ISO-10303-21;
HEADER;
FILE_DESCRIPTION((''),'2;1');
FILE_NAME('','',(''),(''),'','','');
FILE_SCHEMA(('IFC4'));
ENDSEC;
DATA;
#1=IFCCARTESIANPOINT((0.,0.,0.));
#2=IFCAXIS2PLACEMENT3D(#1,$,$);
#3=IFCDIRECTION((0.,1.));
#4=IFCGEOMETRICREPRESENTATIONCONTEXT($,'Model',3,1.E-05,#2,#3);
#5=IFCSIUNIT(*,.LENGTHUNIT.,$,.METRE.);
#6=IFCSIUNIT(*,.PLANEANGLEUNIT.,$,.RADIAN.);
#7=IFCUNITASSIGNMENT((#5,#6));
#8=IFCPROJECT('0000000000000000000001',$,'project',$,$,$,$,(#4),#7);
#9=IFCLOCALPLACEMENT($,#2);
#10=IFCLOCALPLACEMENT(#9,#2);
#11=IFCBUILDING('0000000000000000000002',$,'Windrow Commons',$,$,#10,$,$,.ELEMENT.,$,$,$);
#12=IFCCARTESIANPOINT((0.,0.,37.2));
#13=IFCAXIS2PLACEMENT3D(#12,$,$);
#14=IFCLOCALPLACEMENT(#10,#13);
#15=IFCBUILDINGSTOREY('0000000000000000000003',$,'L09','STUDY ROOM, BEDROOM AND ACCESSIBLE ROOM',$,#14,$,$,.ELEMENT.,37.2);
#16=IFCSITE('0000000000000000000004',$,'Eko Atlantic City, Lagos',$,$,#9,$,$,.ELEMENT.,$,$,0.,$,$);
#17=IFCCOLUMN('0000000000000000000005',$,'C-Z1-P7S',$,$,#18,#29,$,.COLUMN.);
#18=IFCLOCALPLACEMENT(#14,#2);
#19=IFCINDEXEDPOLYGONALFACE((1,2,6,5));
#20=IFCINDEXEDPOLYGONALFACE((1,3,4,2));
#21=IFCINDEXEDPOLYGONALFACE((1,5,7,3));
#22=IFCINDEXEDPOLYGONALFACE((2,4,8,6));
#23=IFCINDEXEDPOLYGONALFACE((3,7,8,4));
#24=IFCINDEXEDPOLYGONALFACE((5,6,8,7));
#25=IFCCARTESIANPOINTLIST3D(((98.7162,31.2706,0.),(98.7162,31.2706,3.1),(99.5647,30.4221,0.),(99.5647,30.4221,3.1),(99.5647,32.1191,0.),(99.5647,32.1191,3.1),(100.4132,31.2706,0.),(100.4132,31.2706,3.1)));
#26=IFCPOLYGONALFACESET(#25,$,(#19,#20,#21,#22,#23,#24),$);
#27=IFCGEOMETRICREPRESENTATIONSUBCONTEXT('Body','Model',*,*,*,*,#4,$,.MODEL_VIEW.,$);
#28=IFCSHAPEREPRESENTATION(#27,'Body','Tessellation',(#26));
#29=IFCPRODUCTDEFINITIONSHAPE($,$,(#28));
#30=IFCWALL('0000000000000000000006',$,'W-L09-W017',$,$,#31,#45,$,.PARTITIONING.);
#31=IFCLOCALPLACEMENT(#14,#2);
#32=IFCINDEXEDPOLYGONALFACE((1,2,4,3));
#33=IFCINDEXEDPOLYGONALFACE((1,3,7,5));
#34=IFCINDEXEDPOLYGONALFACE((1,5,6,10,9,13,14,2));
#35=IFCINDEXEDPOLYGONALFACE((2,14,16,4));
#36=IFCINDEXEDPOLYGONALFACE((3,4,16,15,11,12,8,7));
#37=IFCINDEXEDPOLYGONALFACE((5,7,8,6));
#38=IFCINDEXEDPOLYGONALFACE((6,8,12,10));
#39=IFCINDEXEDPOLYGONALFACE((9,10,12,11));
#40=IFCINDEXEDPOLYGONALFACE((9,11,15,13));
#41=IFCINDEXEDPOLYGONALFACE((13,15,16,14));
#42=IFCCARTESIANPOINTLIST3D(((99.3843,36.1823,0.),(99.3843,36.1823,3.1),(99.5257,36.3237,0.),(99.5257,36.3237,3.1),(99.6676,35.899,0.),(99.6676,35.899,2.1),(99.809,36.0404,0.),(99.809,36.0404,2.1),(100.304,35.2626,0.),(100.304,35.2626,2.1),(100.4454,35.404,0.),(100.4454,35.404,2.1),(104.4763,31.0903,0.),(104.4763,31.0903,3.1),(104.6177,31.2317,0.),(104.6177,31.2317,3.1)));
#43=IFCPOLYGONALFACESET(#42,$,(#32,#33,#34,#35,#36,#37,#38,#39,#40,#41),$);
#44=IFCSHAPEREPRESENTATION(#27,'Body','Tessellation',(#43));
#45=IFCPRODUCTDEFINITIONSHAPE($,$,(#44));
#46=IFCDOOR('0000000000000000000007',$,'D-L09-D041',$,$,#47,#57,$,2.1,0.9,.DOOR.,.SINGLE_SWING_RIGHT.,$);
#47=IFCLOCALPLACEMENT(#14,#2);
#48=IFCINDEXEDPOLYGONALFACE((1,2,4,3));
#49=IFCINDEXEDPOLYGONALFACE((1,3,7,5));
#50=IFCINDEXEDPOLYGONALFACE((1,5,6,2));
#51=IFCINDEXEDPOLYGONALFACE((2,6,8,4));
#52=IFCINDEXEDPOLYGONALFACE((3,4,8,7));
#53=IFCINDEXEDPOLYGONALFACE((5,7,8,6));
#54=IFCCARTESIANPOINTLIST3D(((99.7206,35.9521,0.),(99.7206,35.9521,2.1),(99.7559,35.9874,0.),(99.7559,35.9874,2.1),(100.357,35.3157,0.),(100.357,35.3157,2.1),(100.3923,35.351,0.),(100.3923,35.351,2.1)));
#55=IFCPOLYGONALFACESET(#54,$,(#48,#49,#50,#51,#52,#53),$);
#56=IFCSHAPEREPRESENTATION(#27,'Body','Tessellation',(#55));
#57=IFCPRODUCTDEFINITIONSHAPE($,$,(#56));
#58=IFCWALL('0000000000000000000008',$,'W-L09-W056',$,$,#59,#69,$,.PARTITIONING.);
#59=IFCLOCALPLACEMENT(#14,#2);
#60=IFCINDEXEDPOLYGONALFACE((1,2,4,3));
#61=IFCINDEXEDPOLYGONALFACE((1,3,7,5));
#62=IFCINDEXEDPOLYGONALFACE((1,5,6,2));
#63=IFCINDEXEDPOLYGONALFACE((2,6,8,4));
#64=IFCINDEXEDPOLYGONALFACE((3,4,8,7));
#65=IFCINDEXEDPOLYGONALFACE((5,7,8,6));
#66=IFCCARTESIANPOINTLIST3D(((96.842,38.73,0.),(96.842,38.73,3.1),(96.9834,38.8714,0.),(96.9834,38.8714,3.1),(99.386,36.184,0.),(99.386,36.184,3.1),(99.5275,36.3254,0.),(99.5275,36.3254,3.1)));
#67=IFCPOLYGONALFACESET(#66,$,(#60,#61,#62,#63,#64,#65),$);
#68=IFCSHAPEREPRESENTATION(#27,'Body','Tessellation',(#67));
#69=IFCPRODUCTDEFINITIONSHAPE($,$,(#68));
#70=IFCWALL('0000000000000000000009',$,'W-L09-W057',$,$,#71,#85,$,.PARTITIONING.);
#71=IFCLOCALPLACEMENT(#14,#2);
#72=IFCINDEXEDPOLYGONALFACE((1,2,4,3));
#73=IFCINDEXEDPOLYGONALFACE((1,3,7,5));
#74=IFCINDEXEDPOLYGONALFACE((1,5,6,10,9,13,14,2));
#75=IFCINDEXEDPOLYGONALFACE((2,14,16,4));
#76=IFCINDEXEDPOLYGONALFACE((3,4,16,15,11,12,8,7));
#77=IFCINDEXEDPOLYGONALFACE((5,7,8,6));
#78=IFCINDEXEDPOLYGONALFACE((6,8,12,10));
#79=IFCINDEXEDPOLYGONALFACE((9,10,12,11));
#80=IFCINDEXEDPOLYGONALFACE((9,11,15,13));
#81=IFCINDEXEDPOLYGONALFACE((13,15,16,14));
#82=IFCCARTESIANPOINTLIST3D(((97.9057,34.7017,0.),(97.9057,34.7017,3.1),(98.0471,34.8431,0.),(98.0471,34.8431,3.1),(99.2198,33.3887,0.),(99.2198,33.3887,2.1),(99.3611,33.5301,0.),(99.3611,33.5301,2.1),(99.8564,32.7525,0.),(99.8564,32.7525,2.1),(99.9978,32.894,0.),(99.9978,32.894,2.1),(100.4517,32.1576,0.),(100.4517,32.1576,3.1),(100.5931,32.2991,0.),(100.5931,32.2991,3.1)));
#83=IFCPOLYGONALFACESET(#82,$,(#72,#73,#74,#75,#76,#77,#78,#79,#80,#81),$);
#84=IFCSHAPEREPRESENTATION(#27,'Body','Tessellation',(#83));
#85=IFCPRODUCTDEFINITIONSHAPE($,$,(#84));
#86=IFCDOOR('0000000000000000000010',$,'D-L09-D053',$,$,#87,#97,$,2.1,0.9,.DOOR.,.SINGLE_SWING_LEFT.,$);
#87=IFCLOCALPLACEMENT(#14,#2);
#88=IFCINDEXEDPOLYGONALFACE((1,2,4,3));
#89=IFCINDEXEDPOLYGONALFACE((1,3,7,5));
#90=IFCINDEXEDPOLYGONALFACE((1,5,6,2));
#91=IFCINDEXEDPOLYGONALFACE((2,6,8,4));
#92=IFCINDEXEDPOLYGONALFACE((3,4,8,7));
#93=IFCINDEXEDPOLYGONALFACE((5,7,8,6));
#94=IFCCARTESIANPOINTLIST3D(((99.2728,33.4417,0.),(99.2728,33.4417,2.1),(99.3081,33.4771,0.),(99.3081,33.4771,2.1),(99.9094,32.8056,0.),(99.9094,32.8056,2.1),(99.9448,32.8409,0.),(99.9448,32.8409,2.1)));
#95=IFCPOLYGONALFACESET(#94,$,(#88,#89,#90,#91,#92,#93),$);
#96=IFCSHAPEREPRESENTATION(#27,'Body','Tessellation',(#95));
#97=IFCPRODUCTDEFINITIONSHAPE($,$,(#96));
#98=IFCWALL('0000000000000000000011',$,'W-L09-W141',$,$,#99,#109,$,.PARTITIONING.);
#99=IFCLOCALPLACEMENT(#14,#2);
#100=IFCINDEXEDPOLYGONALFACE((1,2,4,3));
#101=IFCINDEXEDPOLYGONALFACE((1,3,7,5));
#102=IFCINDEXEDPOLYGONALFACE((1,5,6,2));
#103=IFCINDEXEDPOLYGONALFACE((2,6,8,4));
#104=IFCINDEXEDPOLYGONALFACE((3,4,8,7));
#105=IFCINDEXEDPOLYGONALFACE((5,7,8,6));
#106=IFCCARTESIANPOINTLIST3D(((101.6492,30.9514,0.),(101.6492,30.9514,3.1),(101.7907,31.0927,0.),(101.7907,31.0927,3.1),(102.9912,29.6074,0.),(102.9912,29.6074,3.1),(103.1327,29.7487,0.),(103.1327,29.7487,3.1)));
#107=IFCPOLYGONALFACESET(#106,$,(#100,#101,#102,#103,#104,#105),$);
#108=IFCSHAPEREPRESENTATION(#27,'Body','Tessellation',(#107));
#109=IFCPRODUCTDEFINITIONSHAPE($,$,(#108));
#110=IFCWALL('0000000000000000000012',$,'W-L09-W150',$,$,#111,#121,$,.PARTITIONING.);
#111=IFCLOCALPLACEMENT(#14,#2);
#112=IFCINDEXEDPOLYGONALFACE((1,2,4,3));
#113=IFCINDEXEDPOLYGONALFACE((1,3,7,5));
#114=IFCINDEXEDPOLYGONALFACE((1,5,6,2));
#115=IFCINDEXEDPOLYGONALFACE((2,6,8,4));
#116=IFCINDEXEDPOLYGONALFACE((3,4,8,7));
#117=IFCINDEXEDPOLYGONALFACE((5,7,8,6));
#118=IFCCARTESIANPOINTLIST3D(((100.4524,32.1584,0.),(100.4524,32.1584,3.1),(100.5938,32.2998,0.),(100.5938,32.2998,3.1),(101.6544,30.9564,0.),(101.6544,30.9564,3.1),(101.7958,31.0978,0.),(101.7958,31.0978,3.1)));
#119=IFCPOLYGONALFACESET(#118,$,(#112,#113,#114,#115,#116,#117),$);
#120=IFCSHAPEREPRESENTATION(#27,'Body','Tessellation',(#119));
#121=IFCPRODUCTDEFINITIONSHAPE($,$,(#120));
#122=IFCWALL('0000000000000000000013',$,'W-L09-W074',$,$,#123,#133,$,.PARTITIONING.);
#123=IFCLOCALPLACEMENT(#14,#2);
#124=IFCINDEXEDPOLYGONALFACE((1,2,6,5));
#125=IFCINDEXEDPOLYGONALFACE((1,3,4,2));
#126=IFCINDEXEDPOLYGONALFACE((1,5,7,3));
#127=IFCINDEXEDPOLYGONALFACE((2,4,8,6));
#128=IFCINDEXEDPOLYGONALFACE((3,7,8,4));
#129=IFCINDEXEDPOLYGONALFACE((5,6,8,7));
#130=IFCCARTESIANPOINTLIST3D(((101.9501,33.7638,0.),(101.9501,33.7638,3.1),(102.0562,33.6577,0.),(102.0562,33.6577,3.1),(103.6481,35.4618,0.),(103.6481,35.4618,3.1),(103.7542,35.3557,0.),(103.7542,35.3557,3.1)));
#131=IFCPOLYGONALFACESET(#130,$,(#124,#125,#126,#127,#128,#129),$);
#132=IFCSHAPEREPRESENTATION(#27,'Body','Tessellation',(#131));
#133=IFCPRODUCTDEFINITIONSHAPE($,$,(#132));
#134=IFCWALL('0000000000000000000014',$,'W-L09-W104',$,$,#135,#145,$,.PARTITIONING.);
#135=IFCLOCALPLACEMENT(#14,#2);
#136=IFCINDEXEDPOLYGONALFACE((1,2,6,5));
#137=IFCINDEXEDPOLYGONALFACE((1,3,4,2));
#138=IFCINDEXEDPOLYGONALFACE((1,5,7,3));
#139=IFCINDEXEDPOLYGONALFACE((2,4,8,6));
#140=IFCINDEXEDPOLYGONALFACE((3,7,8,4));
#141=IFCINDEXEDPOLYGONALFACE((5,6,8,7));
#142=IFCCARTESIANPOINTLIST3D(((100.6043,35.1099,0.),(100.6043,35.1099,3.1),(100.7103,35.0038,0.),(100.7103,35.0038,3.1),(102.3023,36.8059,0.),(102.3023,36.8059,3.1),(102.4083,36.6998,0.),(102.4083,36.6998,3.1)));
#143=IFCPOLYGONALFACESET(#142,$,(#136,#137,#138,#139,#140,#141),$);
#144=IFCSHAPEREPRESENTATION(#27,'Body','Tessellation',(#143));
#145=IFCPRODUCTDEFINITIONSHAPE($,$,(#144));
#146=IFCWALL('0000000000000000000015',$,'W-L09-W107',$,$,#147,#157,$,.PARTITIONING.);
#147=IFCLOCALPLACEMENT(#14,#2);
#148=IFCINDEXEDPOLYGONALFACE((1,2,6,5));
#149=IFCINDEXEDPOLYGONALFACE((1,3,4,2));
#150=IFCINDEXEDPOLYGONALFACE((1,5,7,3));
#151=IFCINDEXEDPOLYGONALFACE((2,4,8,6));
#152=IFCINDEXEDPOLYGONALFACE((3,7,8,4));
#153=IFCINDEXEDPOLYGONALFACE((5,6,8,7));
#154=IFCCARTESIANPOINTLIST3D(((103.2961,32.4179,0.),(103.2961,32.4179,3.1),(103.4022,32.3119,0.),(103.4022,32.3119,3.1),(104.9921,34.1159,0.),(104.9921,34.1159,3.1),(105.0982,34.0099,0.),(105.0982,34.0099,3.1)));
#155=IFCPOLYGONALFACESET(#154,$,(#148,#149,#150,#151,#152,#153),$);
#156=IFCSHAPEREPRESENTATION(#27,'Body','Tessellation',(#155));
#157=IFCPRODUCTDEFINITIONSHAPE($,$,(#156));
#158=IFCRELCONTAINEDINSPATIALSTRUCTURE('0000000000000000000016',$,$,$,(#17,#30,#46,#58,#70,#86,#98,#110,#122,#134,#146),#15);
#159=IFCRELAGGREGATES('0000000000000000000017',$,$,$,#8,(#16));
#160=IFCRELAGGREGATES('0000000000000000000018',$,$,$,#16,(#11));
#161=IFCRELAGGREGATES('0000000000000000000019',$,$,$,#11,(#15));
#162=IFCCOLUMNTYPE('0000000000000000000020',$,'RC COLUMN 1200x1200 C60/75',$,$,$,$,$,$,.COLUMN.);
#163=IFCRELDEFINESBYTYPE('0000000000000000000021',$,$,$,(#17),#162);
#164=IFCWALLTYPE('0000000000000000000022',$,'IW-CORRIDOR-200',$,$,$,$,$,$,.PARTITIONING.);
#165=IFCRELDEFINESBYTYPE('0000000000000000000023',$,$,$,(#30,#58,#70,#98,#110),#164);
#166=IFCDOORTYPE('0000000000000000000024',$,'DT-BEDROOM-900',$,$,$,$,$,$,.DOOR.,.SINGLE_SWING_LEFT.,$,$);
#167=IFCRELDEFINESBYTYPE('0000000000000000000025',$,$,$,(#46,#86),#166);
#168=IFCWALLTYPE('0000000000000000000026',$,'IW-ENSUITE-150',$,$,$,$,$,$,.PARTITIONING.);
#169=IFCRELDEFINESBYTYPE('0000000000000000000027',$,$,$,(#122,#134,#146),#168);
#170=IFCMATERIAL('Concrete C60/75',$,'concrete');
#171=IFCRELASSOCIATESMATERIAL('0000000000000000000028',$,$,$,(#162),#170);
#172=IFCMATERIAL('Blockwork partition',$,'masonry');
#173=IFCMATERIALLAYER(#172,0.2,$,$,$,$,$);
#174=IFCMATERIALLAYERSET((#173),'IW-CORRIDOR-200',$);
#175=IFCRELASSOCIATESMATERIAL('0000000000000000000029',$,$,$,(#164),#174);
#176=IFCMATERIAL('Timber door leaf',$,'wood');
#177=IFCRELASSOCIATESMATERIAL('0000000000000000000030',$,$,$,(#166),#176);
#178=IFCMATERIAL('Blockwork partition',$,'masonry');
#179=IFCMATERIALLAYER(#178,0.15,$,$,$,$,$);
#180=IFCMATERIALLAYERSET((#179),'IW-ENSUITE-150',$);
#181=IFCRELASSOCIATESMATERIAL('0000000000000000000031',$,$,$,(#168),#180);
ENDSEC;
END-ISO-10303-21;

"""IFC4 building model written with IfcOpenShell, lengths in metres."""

from ifc_helpers import new_model, si_unit, direction, frame, frame_2d, origin, origin_2d, place, context, subcontext, project, spatial, rectangle, extrude, material, layer, layer_set, material_profile, profile_set, type_object, element, fill, save


model = new_model("IFC4")

# Units and contexts
model_context = context("Model", 3, precision=1e-05, world=origin(), true_north=direction((0.0, 1.0)))
body_context = subcontext(model_context, "Body", "Model", "MODEL_VIEW")
ifc_project = project(units=[si_unit("LENGTHUNIT", "METRE"), si_unit("PLANEANGLEUNIT", "RADIAN")], contexts=[model_context])

# Site, building, storey
site_placement = place(None, origin())
site = spatial("IfcSite", under=ifc_project, at=site_placement, Name="Eko Atlantic City, Lagos", CompositionType="ELEMENT", RefElevation=0.0)
building_placement = place(site_placement, origin())
building = spatial("IfcBuilding", under=site, at=building_placement, Name="Windrow Commons", CompositionType="ELEMENT")
storey_placement = place(building_placement, frame((0.0, 0.0, 37.2)))
storey = spatial("IfcBuildingStorey", under=building, at=storey_placement, Name="L09", Description="STUDY ROOM, BEDROOM AND ACCESSIBLE ROOM", CompositionType="ELEMENT", Elevation=37.2)

# Column
ifc_material_1 = material(Name="Concrete C60/75", Category="concrete")
ifc_material_profile = material_profile(ifc_material_1, rectangle(XDim=1.2, YDim=1.2, at=origin_2d()))
ifc_profile_set = profile_set([ifc_material_profile], Name="Concrete C60/75")
column_type = type_object("IfcColumnType", Name="RC COLUMN 1200x1200 C60/75", PredefinedType="COLUMN", material=ifc_profile_set)
column_placement = place(storey_placement, frame((99.5647, 31.2706, 0.0), z_axis=(0.0, 0.0, 1.0), x_axis=(0.707107, -0.707107, 0.0)))
element("IfcColumn", 1, at=column_placement, inside=storey, type_object=column_type, Name="C-Z1-P7S", PredefinedType="COLUMN", context=body_context, shape_type="SweptSolid", body=[
    extrude(rectangle(XDim=1.2, YDim=1.2, at=origin_2d()), origin(), (0.0, 0.0, 1.0), 3.1),
])

# Wall, opening, door
ifc_material_2 = material(Name="Blockwork partition", Category="masonry")
ifc_layer_1 = layer(ifc_material_2, 0.2)
ifc_layer_set_1 = layer_set([ifc_layer_1], Name="IW-CORRIDOR-200")
wall_type_1 = type_object("IfcWallType", Name="IW-CORRIDOR-200", PredefinedType="PARTITIONING", material=ifc_layer_set_1)
wall_1_placement = place(storey_placement, frame((99.455, 36.253, 0.0), z_axis=(0.0, 0.0, 1.0), x_axis=(0.707107, -0.707107, 0.0)))
wall_1 = element("IfcWall", 2, at=wall_1_placement, inside=storey, type_object=wall_type_1, Name="W-L09-W017", PredefinedType="PARTITIONING", context=body_context, shape_type="SweptSolid", body=[
    extrude(rectangle(XDim=7.2012, YDim=0.2, at=frame_2d((3.6006, 0.0))), origin(), (0.0, 0.0, 1.0), 3.1),
])
opening_1_placement = place(wall_1_placement, frame((0.4006, 0.0, 0.0)))
opening_1 = element("IfcOpeningElement", 3, at=opening_1_placement, cuts=wall_1, PredefinedType="OPENING", context=body_context, shape_type="SweptSolid", body=[
    extrude(rectangle(XDim=0.9, YDim=2.1, at=frame_2d((0.45, 1.05))), frame((0.0, 0.11, 0.0), z_axis=(0.0, -1.0, 0.0), x_axis=(1.0, 0.0, 0.0)), (0.0, 0.0, 1.0), 0.22),
])
ifc_material_3 = material(Name="Timber door leaf", Category="wood")
door_type_1 = type_object("IfcDoorType", Name="DT-BEDROOM-900", OperationType="SINGLE_SWING_LEFT", PredefinedType="DOOR", material=ifc_material_3)
door_1_placement = place(opening_1_placement, origin())
door_1 = element("IfcDoor", 4, at=door_1_placement, inside=storey, type_object=door_type_1, Name="D-L09-D041", OperationType="SINGLE_SWING_RIGHT", OverallHeight=2.1, OverallWidth=0.9, PredefinedType="DOOR", context=body_context, shape_type="SweptSolid", body=[
    extrude(rectangle(XDim=0.9, YDim=2.1, at=frame_2d((0.45, 1.05))), frame((0.0, 0.025, 0.0), z_axis=(0.0, -1.0, 0.0), x_axis=(1.0, 0.0, 0.0)), (0.0, 0.0, 1.0), 0.05),
])
fill(opening_1, door_1)

# Wall
wall_2_placement = place(storey_placement, frame((96.9127, 38.8007, 0.0), z_axis=(0.0, 0.0, 1.0), x_axis=(0.706829, -0.707385, 0.0)))
element("IfcWall", 5, at=wall_2_placement, inside=storey, type_object=wall_type_1, Name="W-L09-W056", PredefinedType="PARTITIONING", context=body_context, shape_type="SweptSolid", body=[
    extrude(rectangle(XDim=3.5992, YDim=0.2, at=frame_2d((1.7996, 0.0))), origin(), (0.0, 0.0, 1.0), 3.1),
])

# Wall, opening, door
wall_3_placement = place(storey_placement, frame((97.9764, 34.7724, 0.0), z_axis=(0.0, 0.0, 1.0), x_axis=(0.707385, -0.706829, 0.0)))
wall_3 = element("IfcWall", 6, at=wall_3_placement, inside=storey, type_object=wall_type_1, Name="W-L09-W057", PredefinedType="PARTITIONING", context=body_context, shape_type="SweptSolid", body=[
    extrude(rectangle(XDim=3.5992, YDim=0.2, at=frame_2d((1.7996, 0.0))), origin(), (0.0, 0.0, 1.0), 3.1),
])
opening_2_placement = place(wall_3_placement, frame((1.8576, 0.0, 0.0)))
opening_2 = element("IfcOpeningElement", 7, at=opening_2_placement, cuts=wall_3, PredefinedType="OPENING", context=body_context, shape_type="SweptSolid", body=[
    extrude(rectangle(XDim=0.9, YDim=2.1, at=frame_2d((0.45, 1.05))), frame((0.0, 0.11, 0.0), z_axis=(0.0, -1.0, 0.0), x_axis=(1.0, 0.0, 0.0)), (0.0, 0.0, 1.0), 0.22),
])
door_2_placement = place(opening_2_placement, origin())
door_2 = element("IfcDoor", 8, at=door_2_placement, inside=storey, type_object=door_type_1, Name="D-L09-D053", OperationType="SINGLE_SWING_LEFT", OverallHeight=2.1, OverallWidth=0.9, PredefinedType="DOOR", context=body_context, shape_type="SweptSolid", body=[
    extrude(rectangle(XDim=0.9, YDim=2.1, at=frame_2d((0.45, 1.05))), frame((0.0, 0.025, 0.0), z_axis=(0.0, -1.0, 0.0), x_axis=(1.0, 0.0, 0.0)), (0.0, 0.0, 1.0), 0.05),
])
fill(opening_2, door_2)

# Walls
wall_4_placement = place(storey_placement, frame((101.72, 31.022, 0.0), z_axis=(0.0, 0.0, 1.0), x_axis=(0.70658, -0.707633, 0.0)))
element("IfcWall", 9, at=wall_4_placement, inside=storey, type_object=wall_type_1, Name="W-L09-W141", PredefinedType="PARTITIONING", context=body_context, shape_type="SweptSolid", body=[
    extrude(rectangle(XDim=1.8993, YDim=0.2, at=frame_2d((0.9496, 0.0))), origin(), (0.0, 0.0, 1.0), 3.1),
])
wall_5_placement = place(storey_placement, frame((100.5231, 32.2291, 0.0), z_axis=(0.0, 0.0, 1.0), x_axis=(0.707107, -0.707107, 0.0)))
element("IfcWall", 10, at=wall_5_placement, inside=storey, type_object=wall_type_1, Name="W-L09-W150", PredefinedType="PARTITIONING", context=body_context, shape_type="SweptSolid", body=[
    extrude(rectangle(XDim=1.6999, YDim=0.2, at=frame_2d((0.8499, 0.0))), origin(), (0.0, 0.0, 1.0), 3.1),
])
ifc_material_4 = material(Name="Blockwork partition", Category="masonry")
ifc_layer_2 = layer(ifc_material_4, 0.15)
ifc_layer_set_2 = layer_set([ifc_layer_2], Name="IW-ENSUITE-150")
wall_type_2 = type_object("IfcWallType", Name="IW-ENSUITE-150", PredefinedType="PARTITIONING", material=ifc_layer_set_2)
wall_6_placement = place(storey_placement, frame((102.0032, 33.7108, 0.0), z_axis=(0.0, 0.0, 1.0), x_axis=(0.707107, 0.707107, 0.0)))
element("IfcWall", 11, at=wall_6_placement, inside=storey, type_object=wall_type_2, Name="W-L09-W074", PredefinedType="PARTITIONING", context=body_context, shape_type="SweptSolid", body=[
    extrude(rectangle(XDim=2.4013, YDim=0.15, at=frame_2d((1.2006, 0.0))), origin(), (0.0, 0.0, 1.0), 3.1),
])
for number, where, z_axis, x_axis, name in (
    (12, (100.6573, 35.0568, 0.0), (0.0, 0.0, 1.0), (0.707523, 0.70669, 0.0), "W-L09-W104"),
    (13, (103.3491, 32.3649, 0.0), (0.0, 0.0, 1.0), (0.70669, 0.707523, 0.0), "W-L09-W107"),
):
    element("IfcWall", number, at=place(storey_placement, frame(where, z_axis=z_axis, x_axis=x_axis)), inside=storey, type_object=wall_type_2, Name=name, PredefinedType="PARTITIONING", context=body_context, shape_type="SweptSolid", body=[
        extrude(rectangle(XDim=2.3999, YDim=0.15, at=frame_2d((1.2, 0.0))), origin(), (0.0, 0.0, 1.0), 3.1),
    ])

save(model, "model.ifc")
